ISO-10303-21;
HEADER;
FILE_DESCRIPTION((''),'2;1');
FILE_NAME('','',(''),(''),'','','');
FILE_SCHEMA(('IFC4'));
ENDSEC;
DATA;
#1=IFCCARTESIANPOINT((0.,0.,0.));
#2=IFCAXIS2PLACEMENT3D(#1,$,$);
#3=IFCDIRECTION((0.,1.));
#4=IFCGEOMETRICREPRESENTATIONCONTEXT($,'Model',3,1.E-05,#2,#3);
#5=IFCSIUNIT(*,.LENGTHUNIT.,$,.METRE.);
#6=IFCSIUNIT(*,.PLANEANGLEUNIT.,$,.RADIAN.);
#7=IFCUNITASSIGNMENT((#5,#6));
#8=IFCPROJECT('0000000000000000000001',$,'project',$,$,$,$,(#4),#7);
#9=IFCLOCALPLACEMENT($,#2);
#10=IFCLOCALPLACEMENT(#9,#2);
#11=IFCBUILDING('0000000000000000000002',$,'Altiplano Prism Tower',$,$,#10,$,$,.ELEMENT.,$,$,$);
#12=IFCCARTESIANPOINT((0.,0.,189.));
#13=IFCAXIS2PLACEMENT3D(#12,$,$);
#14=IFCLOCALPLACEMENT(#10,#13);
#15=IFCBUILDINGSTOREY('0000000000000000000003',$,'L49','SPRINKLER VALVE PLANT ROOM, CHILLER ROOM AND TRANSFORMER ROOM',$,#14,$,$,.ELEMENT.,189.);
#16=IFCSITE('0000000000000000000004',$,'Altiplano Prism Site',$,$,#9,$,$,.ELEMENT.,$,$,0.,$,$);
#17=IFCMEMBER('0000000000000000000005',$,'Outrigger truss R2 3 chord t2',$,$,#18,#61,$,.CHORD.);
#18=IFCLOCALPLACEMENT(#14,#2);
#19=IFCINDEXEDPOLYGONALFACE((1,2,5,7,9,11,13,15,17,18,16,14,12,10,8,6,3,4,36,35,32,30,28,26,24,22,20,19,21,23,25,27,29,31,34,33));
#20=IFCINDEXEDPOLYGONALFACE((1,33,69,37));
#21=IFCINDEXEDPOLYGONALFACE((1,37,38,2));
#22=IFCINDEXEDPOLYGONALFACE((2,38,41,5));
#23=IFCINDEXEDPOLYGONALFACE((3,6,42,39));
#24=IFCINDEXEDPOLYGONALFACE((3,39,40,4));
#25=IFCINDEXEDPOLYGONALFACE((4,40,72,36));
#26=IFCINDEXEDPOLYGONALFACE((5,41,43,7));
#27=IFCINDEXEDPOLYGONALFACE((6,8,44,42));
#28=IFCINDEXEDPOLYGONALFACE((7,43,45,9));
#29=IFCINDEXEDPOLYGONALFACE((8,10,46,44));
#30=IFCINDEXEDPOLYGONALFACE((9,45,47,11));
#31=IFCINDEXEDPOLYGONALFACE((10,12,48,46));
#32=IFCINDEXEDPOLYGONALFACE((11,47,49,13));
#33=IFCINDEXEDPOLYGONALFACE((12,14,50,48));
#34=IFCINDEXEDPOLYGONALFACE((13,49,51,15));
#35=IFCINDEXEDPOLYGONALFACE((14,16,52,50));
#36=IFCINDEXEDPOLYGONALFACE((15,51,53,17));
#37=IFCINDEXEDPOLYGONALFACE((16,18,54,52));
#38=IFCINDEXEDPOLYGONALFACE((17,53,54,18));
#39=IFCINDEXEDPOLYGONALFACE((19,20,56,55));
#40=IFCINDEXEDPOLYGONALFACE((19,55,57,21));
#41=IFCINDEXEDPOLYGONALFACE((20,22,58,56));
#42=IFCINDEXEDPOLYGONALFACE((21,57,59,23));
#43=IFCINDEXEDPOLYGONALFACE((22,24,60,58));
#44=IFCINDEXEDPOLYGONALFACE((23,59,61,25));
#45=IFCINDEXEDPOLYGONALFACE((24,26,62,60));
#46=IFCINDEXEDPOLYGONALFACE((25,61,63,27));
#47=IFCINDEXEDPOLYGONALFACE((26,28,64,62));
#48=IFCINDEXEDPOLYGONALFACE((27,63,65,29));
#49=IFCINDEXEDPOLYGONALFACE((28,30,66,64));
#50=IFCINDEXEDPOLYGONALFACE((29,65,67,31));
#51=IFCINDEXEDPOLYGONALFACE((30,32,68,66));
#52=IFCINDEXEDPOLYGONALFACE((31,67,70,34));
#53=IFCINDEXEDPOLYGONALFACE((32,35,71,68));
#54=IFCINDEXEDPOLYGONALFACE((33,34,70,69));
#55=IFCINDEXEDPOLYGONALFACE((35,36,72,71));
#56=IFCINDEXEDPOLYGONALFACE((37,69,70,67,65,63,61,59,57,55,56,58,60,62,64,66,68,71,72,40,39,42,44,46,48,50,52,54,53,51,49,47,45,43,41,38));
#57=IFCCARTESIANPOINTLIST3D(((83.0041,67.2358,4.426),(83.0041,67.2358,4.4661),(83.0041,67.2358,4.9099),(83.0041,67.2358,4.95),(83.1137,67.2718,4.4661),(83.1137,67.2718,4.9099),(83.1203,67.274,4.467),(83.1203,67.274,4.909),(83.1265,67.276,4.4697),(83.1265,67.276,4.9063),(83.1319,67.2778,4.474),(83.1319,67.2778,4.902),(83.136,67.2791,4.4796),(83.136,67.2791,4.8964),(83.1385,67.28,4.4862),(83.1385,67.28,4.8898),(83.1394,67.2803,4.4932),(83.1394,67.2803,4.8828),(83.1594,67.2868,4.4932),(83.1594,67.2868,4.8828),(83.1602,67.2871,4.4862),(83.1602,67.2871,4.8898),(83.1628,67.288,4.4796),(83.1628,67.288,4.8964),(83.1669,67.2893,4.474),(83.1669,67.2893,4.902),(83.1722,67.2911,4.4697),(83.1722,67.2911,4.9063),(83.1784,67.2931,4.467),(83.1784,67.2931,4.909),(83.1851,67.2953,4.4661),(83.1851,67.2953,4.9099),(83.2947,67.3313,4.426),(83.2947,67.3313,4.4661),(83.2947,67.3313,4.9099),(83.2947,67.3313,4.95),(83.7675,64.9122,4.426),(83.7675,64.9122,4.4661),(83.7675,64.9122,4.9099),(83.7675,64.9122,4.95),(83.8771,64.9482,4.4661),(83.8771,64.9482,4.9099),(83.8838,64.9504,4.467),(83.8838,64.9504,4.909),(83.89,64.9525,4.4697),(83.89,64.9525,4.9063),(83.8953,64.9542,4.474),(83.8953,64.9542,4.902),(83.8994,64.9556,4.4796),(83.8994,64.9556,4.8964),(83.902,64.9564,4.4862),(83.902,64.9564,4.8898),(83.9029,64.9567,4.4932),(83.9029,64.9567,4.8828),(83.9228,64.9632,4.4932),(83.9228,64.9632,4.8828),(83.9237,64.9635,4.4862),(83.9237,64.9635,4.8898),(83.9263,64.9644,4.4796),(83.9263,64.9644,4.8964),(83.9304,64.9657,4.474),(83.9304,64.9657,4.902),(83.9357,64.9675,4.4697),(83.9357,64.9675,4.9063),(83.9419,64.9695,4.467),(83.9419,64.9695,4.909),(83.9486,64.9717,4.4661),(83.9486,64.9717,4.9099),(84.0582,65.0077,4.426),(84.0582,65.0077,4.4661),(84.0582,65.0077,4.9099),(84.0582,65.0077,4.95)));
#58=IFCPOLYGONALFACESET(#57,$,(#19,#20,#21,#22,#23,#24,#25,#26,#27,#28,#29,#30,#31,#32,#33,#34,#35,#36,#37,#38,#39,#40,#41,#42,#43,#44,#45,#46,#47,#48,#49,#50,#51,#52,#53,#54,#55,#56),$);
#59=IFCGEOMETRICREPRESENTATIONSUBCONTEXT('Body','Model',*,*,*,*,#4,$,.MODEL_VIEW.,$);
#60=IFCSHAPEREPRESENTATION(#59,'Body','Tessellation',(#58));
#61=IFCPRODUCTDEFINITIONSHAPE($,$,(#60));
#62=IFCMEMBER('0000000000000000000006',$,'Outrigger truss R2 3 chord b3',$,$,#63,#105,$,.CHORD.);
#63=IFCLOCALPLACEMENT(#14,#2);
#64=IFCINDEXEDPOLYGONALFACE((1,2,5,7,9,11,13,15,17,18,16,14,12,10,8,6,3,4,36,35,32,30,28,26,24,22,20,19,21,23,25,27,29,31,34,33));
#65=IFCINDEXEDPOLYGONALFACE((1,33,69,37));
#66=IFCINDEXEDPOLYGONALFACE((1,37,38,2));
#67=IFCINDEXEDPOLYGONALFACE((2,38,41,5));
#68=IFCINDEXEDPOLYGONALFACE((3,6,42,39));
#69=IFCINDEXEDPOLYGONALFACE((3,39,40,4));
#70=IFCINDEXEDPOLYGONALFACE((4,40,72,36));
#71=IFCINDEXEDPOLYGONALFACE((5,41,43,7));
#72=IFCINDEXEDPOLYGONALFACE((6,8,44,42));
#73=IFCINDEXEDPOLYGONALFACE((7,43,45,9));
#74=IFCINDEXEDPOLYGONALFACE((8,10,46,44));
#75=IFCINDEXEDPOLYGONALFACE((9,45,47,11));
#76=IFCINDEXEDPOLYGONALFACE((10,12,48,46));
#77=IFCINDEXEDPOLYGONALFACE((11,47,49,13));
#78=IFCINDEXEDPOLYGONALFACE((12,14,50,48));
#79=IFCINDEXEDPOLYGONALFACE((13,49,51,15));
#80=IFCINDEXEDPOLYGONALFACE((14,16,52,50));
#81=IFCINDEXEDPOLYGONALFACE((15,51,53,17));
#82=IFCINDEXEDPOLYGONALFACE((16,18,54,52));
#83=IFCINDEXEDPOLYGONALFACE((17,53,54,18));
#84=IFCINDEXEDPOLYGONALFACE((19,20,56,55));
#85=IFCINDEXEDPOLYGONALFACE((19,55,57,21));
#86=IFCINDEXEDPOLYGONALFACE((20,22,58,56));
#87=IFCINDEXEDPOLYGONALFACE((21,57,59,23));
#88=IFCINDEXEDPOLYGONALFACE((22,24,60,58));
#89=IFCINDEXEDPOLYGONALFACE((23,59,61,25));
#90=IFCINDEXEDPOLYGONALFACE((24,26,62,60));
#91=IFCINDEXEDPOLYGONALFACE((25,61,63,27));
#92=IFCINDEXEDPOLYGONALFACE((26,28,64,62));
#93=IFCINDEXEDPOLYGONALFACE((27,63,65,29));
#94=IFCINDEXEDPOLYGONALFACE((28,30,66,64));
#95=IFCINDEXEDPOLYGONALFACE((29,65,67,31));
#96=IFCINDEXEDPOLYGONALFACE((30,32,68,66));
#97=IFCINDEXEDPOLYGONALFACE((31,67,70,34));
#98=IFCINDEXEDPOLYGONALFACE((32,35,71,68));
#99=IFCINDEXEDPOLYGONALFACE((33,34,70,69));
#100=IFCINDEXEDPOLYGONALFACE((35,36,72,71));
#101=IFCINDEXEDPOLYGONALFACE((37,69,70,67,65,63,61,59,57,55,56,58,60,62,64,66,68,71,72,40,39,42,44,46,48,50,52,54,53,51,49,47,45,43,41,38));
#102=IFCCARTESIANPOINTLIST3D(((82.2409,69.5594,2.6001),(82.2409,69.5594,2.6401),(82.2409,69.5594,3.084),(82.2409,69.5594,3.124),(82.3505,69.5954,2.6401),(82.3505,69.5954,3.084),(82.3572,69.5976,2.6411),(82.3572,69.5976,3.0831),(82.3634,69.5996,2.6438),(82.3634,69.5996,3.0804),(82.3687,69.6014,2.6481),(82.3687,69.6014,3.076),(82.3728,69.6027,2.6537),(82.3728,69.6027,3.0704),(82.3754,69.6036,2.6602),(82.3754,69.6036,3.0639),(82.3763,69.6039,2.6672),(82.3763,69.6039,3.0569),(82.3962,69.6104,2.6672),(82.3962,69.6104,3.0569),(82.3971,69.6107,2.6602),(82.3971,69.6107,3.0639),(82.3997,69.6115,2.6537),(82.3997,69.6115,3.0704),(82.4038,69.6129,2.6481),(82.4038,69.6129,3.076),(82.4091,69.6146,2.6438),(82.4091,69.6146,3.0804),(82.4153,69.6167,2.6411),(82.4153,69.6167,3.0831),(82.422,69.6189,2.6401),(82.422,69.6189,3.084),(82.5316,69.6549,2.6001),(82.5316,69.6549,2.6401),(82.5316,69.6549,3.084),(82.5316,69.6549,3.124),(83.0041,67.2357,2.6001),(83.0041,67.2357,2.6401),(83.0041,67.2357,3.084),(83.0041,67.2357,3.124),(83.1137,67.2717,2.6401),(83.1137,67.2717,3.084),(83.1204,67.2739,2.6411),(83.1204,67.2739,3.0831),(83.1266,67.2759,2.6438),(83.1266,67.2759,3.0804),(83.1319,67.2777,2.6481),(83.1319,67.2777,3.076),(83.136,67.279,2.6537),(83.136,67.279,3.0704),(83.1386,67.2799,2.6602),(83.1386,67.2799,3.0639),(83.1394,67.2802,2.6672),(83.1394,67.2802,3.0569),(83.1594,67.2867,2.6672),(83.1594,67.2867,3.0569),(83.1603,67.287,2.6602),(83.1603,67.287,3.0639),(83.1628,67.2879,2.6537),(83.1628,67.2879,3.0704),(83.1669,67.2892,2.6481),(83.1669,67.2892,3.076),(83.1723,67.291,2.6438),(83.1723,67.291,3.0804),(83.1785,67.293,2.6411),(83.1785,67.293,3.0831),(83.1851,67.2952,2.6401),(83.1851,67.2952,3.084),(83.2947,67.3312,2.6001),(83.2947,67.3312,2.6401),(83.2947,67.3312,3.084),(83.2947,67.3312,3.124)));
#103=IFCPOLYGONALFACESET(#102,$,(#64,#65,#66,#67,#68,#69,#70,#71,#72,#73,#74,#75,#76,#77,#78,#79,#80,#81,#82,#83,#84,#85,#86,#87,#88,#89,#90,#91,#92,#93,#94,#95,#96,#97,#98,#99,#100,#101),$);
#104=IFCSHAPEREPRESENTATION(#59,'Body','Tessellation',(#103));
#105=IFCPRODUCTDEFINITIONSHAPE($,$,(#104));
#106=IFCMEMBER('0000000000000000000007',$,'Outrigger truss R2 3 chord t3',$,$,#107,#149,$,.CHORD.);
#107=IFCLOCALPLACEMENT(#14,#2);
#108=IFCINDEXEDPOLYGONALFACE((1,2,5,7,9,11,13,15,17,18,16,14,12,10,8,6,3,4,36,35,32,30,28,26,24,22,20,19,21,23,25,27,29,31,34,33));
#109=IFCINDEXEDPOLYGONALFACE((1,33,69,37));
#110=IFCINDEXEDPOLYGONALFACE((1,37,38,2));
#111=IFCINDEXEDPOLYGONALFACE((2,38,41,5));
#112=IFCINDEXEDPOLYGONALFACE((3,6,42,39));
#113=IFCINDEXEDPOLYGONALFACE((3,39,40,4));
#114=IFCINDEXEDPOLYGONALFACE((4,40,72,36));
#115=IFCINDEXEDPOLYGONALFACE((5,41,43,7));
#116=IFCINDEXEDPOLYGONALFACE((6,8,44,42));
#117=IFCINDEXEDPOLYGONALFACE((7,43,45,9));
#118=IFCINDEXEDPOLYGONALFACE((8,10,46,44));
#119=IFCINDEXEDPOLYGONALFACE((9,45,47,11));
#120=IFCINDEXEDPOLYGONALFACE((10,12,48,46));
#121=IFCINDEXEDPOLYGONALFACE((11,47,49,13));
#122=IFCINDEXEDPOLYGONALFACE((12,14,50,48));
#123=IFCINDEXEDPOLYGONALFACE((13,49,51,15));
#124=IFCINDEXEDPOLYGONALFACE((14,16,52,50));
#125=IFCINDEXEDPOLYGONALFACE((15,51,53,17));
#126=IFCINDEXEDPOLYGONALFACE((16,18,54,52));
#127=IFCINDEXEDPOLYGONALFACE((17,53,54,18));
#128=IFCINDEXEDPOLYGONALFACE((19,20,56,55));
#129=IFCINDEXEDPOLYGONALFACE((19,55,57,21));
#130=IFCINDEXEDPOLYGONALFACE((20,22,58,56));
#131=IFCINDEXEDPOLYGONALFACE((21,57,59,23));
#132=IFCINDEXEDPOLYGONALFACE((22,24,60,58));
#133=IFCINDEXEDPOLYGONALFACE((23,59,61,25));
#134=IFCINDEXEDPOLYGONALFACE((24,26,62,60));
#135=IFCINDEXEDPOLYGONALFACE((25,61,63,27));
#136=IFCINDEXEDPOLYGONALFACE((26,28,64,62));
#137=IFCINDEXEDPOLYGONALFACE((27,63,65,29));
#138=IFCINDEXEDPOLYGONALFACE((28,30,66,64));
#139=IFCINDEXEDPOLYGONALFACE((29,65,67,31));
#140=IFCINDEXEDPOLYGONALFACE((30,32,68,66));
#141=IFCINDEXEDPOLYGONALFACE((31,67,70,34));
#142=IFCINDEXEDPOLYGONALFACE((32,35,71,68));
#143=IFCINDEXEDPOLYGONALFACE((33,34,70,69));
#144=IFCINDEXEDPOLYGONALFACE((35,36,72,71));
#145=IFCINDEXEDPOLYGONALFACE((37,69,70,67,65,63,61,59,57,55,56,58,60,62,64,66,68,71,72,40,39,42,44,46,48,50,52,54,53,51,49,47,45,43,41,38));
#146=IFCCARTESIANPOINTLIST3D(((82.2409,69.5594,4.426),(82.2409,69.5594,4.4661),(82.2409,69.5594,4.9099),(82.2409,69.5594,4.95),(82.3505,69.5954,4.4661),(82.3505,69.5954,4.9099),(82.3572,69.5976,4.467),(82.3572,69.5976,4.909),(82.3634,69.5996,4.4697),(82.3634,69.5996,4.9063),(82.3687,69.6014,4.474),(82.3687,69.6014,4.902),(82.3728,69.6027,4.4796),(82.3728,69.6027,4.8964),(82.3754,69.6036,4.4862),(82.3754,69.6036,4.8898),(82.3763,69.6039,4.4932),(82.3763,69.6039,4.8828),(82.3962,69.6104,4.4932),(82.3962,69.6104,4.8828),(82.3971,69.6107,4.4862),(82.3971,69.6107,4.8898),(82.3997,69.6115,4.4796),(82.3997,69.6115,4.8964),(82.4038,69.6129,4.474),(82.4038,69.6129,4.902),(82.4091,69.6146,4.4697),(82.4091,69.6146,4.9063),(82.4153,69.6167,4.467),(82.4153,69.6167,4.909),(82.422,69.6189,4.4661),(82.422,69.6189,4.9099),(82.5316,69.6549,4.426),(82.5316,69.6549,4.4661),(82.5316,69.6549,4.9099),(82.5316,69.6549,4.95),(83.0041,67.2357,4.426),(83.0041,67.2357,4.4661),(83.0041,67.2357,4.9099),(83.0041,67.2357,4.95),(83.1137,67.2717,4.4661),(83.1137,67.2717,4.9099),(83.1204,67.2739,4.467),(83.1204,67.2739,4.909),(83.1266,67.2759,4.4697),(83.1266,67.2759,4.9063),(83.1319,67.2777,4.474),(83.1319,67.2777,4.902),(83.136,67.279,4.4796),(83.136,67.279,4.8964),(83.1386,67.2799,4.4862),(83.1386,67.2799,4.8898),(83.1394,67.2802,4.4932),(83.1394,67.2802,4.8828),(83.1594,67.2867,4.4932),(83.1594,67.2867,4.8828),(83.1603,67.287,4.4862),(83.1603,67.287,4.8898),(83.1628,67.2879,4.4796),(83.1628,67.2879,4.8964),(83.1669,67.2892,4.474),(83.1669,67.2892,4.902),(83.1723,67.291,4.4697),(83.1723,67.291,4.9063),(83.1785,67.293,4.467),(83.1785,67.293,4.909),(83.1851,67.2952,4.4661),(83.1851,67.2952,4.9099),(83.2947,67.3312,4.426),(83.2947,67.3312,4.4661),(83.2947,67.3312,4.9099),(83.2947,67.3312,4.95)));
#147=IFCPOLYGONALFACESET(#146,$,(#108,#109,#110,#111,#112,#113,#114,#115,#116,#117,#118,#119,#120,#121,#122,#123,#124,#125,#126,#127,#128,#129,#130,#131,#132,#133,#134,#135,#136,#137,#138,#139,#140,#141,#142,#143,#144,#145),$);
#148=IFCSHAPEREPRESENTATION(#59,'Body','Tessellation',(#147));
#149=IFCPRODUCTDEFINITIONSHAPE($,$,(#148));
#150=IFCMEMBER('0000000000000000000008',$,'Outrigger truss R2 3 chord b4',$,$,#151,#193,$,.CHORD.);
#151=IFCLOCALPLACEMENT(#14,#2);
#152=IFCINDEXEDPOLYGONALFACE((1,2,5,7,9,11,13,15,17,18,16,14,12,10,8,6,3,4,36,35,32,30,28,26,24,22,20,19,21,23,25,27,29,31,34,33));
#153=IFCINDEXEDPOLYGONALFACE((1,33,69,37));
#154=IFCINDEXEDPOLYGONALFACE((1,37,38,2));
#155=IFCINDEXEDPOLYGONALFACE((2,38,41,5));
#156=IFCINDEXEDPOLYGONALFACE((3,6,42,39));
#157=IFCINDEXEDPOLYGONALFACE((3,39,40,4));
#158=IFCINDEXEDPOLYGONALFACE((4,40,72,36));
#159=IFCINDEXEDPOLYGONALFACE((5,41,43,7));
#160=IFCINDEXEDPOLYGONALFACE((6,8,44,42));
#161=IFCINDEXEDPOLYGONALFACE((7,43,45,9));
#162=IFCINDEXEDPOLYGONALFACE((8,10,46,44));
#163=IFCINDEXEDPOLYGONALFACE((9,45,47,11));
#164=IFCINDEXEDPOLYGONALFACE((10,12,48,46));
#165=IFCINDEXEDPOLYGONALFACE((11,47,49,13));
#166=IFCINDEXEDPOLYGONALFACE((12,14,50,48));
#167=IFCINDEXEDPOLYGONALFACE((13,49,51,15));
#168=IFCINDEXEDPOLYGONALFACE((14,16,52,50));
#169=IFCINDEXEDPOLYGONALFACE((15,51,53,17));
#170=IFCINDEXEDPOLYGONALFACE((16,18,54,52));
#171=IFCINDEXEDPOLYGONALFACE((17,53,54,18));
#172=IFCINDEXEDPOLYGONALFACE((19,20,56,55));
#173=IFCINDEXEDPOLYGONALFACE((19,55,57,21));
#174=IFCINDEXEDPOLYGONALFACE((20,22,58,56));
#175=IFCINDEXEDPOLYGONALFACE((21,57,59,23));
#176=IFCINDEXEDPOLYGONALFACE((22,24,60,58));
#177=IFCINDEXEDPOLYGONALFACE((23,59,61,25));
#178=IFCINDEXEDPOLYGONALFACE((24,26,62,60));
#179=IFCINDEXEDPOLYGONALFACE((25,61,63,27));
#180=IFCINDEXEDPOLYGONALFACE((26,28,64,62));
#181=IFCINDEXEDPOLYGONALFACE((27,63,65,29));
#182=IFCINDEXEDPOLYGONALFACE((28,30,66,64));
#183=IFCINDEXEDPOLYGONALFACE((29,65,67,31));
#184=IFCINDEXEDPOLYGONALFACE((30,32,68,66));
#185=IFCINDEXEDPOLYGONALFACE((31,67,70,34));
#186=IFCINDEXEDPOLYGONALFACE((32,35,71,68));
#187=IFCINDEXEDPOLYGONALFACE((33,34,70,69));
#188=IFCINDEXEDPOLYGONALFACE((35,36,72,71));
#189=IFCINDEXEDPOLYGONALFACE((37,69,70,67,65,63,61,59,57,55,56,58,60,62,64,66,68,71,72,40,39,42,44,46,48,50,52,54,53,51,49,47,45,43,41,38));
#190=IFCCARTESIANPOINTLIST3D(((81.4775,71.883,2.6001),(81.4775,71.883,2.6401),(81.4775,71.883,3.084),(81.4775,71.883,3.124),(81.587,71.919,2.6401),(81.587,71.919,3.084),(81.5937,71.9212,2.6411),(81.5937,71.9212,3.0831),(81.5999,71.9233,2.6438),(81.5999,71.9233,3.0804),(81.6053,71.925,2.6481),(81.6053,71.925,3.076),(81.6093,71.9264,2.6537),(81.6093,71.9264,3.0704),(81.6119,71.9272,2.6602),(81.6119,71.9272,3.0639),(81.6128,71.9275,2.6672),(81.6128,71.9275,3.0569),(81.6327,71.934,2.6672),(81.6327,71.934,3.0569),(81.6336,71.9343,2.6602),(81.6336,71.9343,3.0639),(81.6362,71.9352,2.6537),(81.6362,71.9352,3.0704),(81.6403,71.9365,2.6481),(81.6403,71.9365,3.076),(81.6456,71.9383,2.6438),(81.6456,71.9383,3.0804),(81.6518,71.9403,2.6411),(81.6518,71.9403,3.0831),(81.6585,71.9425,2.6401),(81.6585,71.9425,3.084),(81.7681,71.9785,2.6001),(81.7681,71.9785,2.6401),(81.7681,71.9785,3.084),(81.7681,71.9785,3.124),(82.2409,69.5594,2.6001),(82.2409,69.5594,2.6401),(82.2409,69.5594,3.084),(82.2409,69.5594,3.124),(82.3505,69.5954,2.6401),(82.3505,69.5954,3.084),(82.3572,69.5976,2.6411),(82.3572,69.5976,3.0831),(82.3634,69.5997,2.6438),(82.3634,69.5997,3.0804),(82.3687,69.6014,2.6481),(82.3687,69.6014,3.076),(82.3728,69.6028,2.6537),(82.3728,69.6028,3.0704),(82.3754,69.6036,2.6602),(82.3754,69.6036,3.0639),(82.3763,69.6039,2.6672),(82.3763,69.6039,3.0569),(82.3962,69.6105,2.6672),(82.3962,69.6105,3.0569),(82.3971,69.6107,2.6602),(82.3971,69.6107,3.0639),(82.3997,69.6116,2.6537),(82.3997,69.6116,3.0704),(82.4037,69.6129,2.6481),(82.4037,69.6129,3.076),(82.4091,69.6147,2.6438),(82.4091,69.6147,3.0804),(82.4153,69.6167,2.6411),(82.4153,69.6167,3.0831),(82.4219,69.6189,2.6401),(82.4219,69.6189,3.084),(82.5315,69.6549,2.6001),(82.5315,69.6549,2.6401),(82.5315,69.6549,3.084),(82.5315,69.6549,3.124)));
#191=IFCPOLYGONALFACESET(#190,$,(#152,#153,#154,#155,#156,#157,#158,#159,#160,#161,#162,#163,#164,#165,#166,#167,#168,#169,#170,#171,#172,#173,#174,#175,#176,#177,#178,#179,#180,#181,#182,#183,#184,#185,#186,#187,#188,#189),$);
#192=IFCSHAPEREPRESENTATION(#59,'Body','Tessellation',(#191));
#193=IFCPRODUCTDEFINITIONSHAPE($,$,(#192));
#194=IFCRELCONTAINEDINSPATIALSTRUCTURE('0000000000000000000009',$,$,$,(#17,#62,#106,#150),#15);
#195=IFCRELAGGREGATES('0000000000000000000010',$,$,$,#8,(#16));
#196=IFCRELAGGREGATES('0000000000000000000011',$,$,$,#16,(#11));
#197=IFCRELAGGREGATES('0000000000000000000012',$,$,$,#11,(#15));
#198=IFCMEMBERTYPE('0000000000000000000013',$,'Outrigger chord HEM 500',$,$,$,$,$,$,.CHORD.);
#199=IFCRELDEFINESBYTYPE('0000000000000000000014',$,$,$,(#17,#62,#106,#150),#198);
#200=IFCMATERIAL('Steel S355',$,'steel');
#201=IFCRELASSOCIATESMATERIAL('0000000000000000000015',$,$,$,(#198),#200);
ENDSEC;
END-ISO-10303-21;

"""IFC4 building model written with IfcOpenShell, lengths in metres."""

from ifc_helpers import new_model, si_unit, direction, frame, origin, origin_2d, place, context, subcontext, project, spatial, i_section, extrude, material, material_profile, profile_set, type_object, element, save


model = new_model("IFC4")

# Units and contexts
model_context = context("Model", 3, precision=1e-05, world=origin(), true_north=direction((0.0, 1.0)))
body_context = subcontext(model_context, "Body", "Model", "MODEL_VIEW")
ifc_project = project(units=[si_unit("LENGTHUNIT", "METRE"), si_unit("PLANEANGLEUNIT", "RADIAN")], contexts=[model_context])

# Site, building, storey
site_placement = place(None, origin())
site = spatial("IfcSite", under=ifc_project, at=site_placement, Name="Altiplano Prism Site", CompositionType="ELEMENT", RefElevation=0.0)
building_placement = place(site_placement, origin())
building = spatial("IfcBuilding", under=site, at=building_placement, Name="Altiplano Prism Tower", CompositionType="ELEMENT")
storey_placement = place(building_placement, frame((0.0, 0.0, 189.0)))
storey = spatial("IfcBuildingStorey", under=building, at=storey_placement, Name="L49", Description="SPRINKLER VALVE PLANT ROOM, CHILLER ROOM AND TRANSFORMER ROOM", CompositionType="ELEMENT", Elevation=189.0)

# Shared definitions
ifc_material_1 = material(Name="Steel S355", Category="steel")

# Members
ifc_material_profile_1 = material_profile(ifc_material_1, i_section(OverallWidth=0.3059, OverallDepth=0.5239, WebThickness=0.021, FlangeThickness=0.04, FilletRadius=0.0271, at=origin_2d()), Name="Outrigger chord HEM 500")
ifc_profile_set_1 = profile_set([ifc_material_profile_1], Name="Steel S355")
member_type_1 = type_object("IfcMemberType", Name="Outrigger chord HEM 500", PredefinedType="CHORD", material=ifc_profile_set_1)
for number, where, z_axis, x_axis, name in (
    (1, (83.9128, 64.96, 4.688), (-0.312152, 0.950032, 0.0), (-0.950032, -0.312152, 0.0), "Outrigger truss R2 3 chord t2"),
    (2, (83.1494, 67.2834, 2.8621), (-0.312032, 0.950071, 0.0), (-0.950071, -0.312032, 0.0), "Outrigger truss R2 3 chord b3"),
    (3, (83.1494, 67.2834, 4.688), (-0.312032, 0.950071, 0.0), (-0.950071, -0.312032, 0.0), "Outrigger truss R2 3 chord t3"),
    (4, (82.3862, 69.6072, 2.8621), (-0.312152, 0.950032, 0.0), (-0.950032, -0.312152, 0.0), "Outrigger truss R2 3 chord b4"),
):
    element("IfcMember", number, at=place(storey_placement, frame(where, z_axis=z_axis, x_axis=x_axis)), inside=storey, type_object=member_type_1, Name=name, PredefinedType="CHORD", context=body_context, shape_type="SweptSolid", body=[
        extrude(i_section(OverallWidth=0.3059, OverallDepth=0.5239, WebThickness=0.021, FlangeThickness=0.04, FilletRadius=0.0271, at=origin_2d()), origin(), (0.0, 0.0, 1.0), 2.4458),
    ])

save(model, "model.ifc")
